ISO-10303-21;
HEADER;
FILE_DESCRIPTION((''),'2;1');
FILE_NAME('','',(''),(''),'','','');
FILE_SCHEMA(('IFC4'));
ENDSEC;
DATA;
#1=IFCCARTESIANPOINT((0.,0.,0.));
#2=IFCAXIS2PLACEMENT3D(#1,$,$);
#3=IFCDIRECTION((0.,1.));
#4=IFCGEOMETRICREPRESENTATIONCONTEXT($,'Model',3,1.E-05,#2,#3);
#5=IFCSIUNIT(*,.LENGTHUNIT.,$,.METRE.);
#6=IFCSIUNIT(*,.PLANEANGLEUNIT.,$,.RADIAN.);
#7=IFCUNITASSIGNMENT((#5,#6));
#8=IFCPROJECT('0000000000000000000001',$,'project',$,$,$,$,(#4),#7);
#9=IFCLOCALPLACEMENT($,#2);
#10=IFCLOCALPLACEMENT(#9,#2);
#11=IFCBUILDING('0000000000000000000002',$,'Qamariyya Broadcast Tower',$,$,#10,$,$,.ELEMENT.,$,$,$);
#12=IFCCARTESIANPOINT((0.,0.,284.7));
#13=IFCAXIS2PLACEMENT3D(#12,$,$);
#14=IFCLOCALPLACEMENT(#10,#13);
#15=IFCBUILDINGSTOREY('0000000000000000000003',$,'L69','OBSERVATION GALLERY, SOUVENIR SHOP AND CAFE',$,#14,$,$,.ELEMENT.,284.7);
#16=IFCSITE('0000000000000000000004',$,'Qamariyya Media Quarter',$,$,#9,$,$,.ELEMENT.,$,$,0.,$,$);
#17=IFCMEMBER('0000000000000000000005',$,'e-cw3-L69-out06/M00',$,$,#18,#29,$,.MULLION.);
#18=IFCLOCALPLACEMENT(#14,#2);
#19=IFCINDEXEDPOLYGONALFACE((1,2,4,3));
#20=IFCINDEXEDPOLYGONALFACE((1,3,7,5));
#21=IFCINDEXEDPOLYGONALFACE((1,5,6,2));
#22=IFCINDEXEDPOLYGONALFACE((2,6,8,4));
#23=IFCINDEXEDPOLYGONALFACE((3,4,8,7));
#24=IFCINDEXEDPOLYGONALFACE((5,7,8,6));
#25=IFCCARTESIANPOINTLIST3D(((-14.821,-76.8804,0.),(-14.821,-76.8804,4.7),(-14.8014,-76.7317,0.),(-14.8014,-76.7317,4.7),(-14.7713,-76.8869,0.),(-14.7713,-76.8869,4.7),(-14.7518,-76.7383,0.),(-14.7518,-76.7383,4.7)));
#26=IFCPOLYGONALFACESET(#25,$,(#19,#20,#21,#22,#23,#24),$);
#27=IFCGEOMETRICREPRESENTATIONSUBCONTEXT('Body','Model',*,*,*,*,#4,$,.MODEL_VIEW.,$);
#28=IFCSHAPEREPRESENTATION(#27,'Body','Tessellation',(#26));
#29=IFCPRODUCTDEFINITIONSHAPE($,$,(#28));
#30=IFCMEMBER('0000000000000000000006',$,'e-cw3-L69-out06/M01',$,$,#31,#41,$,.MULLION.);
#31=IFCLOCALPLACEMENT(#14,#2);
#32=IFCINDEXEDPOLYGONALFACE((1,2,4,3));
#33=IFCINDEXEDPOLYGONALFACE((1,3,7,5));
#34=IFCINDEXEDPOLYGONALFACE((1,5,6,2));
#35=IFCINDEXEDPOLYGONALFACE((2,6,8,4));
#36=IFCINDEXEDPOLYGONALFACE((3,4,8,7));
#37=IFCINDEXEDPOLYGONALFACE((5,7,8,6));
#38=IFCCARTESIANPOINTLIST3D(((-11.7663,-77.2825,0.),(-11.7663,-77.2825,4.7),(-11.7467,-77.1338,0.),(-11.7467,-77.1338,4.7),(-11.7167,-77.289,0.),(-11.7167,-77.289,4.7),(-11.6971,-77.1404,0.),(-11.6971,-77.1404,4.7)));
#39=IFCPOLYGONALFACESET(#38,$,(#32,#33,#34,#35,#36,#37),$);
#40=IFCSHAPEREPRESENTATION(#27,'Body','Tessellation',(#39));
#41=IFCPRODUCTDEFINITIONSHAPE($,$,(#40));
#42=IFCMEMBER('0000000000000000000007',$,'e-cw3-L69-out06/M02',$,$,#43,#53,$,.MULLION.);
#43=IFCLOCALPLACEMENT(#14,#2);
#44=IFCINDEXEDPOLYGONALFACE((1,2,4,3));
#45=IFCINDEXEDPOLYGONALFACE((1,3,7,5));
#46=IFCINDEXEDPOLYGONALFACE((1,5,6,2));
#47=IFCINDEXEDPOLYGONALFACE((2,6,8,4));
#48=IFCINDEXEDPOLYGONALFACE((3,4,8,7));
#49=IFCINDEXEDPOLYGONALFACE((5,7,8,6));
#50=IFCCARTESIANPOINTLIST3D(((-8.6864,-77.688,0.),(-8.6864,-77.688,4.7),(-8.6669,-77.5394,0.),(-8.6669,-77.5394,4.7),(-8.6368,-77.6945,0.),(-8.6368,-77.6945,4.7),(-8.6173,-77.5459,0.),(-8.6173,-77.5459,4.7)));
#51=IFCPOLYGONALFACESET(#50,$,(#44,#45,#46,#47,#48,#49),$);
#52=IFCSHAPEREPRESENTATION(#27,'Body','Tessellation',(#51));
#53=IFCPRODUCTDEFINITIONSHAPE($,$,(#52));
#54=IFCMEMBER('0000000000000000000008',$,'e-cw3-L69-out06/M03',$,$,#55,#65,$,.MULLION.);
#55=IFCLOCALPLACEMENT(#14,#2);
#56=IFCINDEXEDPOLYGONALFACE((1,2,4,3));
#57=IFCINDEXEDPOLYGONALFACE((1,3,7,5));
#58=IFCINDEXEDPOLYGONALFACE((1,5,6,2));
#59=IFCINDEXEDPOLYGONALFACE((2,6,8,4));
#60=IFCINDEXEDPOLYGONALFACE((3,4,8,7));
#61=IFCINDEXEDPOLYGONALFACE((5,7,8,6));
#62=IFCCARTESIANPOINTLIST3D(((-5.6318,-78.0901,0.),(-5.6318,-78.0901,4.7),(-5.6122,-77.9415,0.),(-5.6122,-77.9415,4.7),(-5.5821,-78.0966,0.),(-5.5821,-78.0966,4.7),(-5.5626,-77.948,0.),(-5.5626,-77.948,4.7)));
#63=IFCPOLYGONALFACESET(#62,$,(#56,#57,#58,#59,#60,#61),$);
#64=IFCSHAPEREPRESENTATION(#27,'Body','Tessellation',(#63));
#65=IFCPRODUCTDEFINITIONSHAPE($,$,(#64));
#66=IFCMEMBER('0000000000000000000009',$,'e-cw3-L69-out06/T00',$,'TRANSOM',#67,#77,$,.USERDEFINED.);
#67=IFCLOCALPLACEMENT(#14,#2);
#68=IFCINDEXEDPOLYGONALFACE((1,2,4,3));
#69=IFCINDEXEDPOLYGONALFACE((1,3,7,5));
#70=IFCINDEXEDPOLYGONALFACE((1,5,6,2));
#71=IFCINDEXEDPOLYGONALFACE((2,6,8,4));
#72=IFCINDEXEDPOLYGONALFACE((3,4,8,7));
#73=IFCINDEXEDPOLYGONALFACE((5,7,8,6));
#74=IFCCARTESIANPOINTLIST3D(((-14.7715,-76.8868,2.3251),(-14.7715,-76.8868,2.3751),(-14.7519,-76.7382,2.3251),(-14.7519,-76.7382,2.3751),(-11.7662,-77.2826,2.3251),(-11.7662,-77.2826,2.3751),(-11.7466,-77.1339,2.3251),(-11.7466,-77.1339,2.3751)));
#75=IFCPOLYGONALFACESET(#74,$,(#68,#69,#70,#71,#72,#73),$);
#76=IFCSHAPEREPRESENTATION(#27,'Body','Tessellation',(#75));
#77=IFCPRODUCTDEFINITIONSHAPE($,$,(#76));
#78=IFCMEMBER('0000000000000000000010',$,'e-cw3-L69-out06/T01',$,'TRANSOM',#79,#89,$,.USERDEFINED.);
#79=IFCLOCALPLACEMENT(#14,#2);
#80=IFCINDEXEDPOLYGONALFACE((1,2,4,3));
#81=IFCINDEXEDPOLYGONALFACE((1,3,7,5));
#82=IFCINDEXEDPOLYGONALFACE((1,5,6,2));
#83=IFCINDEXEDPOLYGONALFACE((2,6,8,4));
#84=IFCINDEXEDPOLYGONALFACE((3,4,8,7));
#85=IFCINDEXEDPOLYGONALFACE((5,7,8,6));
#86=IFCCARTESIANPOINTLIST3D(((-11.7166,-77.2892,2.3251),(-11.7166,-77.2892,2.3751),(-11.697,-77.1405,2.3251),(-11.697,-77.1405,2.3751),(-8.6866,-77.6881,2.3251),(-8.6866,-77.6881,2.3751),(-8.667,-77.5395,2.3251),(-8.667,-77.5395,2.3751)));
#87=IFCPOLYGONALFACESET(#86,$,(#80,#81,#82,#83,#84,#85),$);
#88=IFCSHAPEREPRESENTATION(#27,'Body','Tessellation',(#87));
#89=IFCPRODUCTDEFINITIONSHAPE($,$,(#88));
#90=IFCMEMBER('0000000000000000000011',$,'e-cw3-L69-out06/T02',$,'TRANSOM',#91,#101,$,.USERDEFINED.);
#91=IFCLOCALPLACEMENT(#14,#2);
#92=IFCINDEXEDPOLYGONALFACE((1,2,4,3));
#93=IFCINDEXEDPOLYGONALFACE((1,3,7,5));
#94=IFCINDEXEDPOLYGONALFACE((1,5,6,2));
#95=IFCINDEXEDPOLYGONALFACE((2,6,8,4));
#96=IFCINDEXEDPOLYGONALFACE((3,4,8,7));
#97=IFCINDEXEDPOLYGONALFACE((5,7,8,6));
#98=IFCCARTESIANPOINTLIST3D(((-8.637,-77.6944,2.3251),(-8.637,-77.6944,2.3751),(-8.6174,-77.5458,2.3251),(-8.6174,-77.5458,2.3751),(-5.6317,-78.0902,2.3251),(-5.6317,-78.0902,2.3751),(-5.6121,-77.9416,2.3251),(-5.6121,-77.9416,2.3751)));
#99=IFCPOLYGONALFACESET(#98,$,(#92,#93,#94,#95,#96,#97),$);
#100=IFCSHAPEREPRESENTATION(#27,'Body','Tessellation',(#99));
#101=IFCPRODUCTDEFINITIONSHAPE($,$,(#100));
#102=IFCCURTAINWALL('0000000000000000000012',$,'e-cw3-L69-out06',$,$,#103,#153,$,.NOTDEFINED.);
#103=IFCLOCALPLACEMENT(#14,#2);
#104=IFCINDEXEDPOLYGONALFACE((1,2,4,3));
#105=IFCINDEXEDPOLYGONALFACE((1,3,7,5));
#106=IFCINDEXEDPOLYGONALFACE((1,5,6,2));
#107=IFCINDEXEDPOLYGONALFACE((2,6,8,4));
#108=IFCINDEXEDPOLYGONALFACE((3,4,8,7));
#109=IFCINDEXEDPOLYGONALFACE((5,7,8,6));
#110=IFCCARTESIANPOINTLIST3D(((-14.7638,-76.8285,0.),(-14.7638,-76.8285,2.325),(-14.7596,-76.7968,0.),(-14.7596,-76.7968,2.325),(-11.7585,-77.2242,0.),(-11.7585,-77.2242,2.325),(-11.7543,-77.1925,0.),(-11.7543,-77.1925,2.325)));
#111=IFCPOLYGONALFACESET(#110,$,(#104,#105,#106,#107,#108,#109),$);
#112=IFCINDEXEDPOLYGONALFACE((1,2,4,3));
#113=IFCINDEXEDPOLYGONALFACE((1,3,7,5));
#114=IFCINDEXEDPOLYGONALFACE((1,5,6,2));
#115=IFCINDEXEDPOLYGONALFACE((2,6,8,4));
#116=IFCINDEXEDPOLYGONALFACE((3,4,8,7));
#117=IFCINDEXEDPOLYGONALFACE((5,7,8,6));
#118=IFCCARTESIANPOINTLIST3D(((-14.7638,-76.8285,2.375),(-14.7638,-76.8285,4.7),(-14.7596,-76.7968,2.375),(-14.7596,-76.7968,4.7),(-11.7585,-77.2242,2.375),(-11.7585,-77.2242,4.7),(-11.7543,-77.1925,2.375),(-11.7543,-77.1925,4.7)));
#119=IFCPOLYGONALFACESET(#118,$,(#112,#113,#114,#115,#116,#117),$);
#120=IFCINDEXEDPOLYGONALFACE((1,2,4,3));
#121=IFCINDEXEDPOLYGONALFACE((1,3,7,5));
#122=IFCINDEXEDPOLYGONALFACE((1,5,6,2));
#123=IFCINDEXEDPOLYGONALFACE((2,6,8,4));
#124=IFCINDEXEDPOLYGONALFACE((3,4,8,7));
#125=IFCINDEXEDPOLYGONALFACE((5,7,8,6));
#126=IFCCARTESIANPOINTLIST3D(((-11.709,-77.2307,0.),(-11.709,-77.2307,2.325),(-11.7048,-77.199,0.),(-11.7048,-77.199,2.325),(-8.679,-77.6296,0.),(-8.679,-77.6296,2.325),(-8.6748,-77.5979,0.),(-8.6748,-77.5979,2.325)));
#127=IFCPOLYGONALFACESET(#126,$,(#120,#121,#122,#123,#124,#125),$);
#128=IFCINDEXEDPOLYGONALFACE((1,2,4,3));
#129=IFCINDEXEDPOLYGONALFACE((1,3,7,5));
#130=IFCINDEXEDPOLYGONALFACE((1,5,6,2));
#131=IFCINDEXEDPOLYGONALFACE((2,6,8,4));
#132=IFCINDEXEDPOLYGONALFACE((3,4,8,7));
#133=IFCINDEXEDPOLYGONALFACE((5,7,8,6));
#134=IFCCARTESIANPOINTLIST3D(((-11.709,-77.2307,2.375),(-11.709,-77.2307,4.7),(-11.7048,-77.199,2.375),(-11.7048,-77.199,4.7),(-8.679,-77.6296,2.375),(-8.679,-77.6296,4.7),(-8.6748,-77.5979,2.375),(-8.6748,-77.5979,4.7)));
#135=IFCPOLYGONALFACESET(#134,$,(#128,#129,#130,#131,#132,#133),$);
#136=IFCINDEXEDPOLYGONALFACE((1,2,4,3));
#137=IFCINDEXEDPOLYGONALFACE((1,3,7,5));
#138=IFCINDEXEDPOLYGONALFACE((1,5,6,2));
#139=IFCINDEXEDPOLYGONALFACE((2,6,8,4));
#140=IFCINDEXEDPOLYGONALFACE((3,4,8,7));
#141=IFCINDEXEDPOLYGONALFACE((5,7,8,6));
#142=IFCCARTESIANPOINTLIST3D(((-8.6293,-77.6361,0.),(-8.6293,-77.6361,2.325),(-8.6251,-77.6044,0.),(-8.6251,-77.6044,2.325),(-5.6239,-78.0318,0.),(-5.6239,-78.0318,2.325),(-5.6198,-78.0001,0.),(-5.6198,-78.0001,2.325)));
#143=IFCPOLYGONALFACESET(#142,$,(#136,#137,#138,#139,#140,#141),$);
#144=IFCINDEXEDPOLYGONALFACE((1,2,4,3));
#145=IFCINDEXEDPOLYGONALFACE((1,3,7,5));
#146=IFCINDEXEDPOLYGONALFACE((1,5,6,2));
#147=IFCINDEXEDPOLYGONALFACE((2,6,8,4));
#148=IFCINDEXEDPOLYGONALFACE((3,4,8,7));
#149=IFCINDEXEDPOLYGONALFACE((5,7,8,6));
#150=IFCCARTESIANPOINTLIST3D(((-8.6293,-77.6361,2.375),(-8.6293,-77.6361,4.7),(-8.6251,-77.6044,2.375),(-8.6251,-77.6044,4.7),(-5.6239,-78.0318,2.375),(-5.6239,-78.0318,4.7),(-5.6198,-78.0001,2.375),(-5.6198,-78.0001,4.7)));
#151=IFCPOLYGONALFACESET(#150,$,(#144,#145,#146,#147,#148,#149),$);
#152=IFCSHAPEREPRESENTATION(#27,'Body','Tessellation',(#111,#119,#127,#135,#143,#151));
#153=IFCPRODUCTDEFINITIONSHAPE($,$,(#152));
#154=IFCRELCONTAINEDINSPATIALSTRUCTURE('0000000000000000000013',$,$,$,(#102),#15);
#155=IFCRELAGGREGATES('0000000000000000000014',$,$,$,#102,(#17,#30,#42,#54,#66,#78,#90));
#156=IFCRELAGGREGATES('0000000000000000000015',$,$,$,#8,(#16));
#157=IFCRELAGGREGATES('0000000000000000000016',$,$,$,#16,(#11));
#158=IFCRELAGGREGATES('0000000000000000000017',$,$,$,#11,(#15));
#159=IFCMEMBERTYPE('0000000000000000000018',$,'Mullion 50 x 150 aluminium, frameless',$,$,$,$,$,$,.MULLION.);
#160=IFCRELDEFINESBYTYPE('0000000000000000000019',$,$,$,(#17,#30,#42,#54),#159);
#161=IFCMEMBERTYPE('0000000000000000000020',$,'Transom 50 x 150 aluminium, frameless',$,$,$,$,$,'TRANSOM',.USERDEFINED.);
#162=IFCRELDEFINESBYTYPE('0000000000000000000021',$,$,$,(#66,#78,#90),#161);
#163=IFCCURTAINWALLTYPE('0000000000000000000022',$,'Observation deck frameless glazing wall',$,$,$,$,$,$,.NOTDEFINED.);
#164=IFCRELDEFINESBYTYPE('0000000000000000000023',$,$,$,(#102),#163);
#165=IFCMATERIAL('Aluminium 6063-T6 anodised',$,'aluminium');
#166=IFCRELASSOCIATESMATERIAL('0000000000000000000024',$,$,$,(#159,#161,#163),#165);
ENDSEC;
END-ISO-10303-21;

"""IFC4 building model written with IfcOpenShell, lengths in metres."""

from ifc_helpers import new_model, si_unit, direction, frame, origin, origin_2d, place, context, subcontext, project, spatial, rectangle, extrude, material, material_profile, profile_set, type_object, element, aggregate, save


model = new_model("IFC4")

# Units and contexts
model_context = context("Model", 3, precision=1e-05, world=origin(), true_north=direction((0.0, 1.0)))
body_context = subcontext(model_context, "Body", "Model", "MODEL_VIEW")
ifc_project = project(units=[si_unit("LENGTHUNIT", "METRE"), si_unit("PLANEANGLEUNIT", "RADIAN")], contexts=[model_context])

# Members
ifc_material = material(Name="Aluminium 6063-T6 anodised", Category="aluminium")
ifc_material_profile_1 = material_profile(ifc_material, rectangle(XDim=0.1499, YDim=0.05, at=origin_2d()))
ifc_profile_set_1 = profile_set([ifc_material_profile_1], Name="Aluminium 6063-T6 anodised")
member_type_1 = type_object("IfcMemberType", Name="Mullion 50 x 150 aluminium, frameless", PredefinedType="MULLION", material=ifc_profile_set_1)
site_placement = place(None, origin())
building_placement = place(site_placement, origin())
storey_placement = place(building_placement, frame((0.0, 0.0, 284.7)))
member_1_placement = place(storey_placement, frame((-14.7864, -76.8093, 0.0), z_axis=(0.0, 0.0, 1.0), x_axis=(0.130526, 0.991445, 0.0)))
member_1 = element("IfcMember", 1, at=member_1_placement, type_object=member_type_1, Name="e-cw3-L69-out06/M00", PredefinedType="MULLION", context=body_context, shape_type="SweptSolid", body=[
    extrude(rectangle(XDim=0.1499, YDim=0.05, at=origin_2d()), origin(), (0.0, 0.0, 1.0), 4.7),
])
member_2_placement = place(storey_placement, frame((-11.7317, -77.2114, 0.0), z_axis=(0.0, 0.0, 1.0), x_axis=(0.130526, 0.991445, 0.0)))
member_2 = element("IfcMember", 2, at=member_2_placement, type_object=member_type_1, Name="e-cw3-L69-out06/M01", PredefinedType="MULLION", context=body_context, shape_type="SweptSolid", body=[
    extrude(rectangle(XDim=0.1499, YDim=0.05, at=origin_2d()), origin(), (0.0, 0.0, 1.0), 4.7),
])
member_3_placement = place(storey_placement, frame((-8.6519, -77.6169, 0.0), z_axis=(0.0, 0.0, 1.0), x_axis=(0.130526, 0.991445, 0.0)))
member_3 = element("IfcMember", 3, at=member_3_placement, type_object=member_type_1, Name="e-cw3-L69-out06/M02", PredefinedType="MULLION", context=body_context, shape_type="SweptSolid", body=[
    extrude(rectangle(XDim=0.1499, YDim=0.05, at=origin_2d()), origin(), (0.0, 0.0, 1.0), 4.7),
])
member_4_placement = place(storey_placement, frame((-5.5972, -78.019, 0.0), z_axis=(0.0, 0.0, 1.0), x_axis=(0.130526, 0.991445, 0.0)))
member_4 = element("IfcMember", 4, at=member_4_placement, type_object=member_type_1, Name="e-cw3-L69-out06/M03", PredefinedType="MULLION", context=body_context, shape_type="SweptSolid", body=[
    extrude(rectangle(XDim=0.1499, YDim=0.05, at=origin_2d()), origin(), (0.0, 0.0, 1.0), 4.7),
])
ifc_material_profile_2 = material_profile(ifc_material, rectangle(XDim=0.1499, YDim=0.05, at=origin_2d()))
ifc_profile_set_2 = profile_set([ifc_material_profile_2], Name="Aluminium 6063-T6 anodised")
member_type_2 = type_object("IfcMemberType", Name="Transom 50 x 150 aluminium, frameless", ElementType="TRANSOM", PredefinedType="USERDEFINED", material=ifc_profile_set_2)
member_5_placement = place(storey_placement, frame((-14.7617, -76.8125, 2.3501), z_axis=(0.991441, -0.130555, 0.0), x_axis=(0.130555, 0.991441, 0.0)))
member_5 = element("IfcMember", 5, at=member_5_placement, type_object=member_type_2, Name="e-cw3-L69-out06/T00", ObjectType="TRANSOM", PredefinedType="USERDEFINED", context=body_context, shape_type="SweptSolid", body=[
    extrude(rectangle(XDim=0.1499, YDim=0.05, at=origin_2d()), origin(), (0.0, 0.0, 1.0), 3.0312),
])
member_6_placement = place(storey_placement, frame((-11.7068, -77.2148, 2.3501), z_axis=(0.991444, -0.130531, 0.0), x_axis=(0.130531, 0.991444, 0.0)))
member_6 = element("IfcMember", 6, at=member_6_placement, type_object=member_type_2, Name="e-cw3-L69-out06/T01", ObjectType="TRANSOM", PredefinedType="USERDEFINED", context=body_context, shape_type="SweptSolid", body=[
    extrude(rectangle(XDim=0.1499, YDim=0.05, at=origin_2d()), origin(), (0.0, 0.0, 1.0), 3.0562),
])
member_7_placement = place(storey_placement, frame((-8.6272, -77.6201, 2.3501), z_axis=(0.991441, -0.130555, 0.0), x_axis=(0.130555, 0.991441, 0.0)))
member_7 = element("IfcMember", 7, at=member_7_placement, type_object=member_type_2, Name="e-cw3-L69-out06/T02", ObjectType="TRANSOM", PredefinedType="USERDEFINED", context=body_context, shape_type="SweptSolid", body=[
    extrude(rectangle(XDim=0.1499, YDim=0.05, at=origin_2d()), origin(), (0.0, 0.0, 1.0), 3.0312),
])

# Site, building, storey
site = spatial("IfcSite", under=ifc_project, at=site_placement, Name="Qamariyya Media Quarter", CompositionType="ELEMENT", RefElevation=0.0)
building = spatial("IfcBuilding", under=site, at=building_placement, Name="Qamariyya Broadcast Tower", CompositionType="ELEMENT")
storey = spatial("IfcBuildingStorey", under=building, at=storey_placement, Name="L69", Description="OBSERVATION GALLERY, SOUVENIR SHOP AND CAFE", CompositionType="ELEMENT", Elevation=284.7)

# Curtain wall
curtain_wall_type = type_object("IfcCurtainWallType", Name="Observation deck frameless glazing wall", PredefinedType="NOTDEFINED", material=ifc_material)
curtain_wall_1_placement = place(storey_placement, origin())
curtain_wall_1 = element("IfcCurtainWall", 8, at=curtain_wall_1_placement, inside=storey, type_object=curtain_wall_type, Name="e-cw3-L69-out06", PredefinedType="NOTDEFINED", context=body_context, shape_type="SweptSolid", body=[
    extrude(rectangle(XDim=3.0312, YDim=0.032, at=origin_2d()), frame((-13.259, -77.0105, 0.0), x_axis=(0.991445, -0.130523, 0.0)), (0.0, 0.0, 1.0), 2.325),
    extrude(rectangle(XDim=3.0312, YDim=0.032, at=origin_2d()), frame((-13.259, -77.0105, 2.375), x_axis=(0.991445, -0.130523, 0.0)), (0.0, 0.0, 1.0), 2.325),
    extrude(rectangle(XDim=3.0562, YDim=0.032, at=origin_2d()), frame((-10.1919, -77.4143, 0.0), x_axis=(0.991445, -0.130523, 0.0)), (0.0, 0.0, 1.0), 2.325),
    extrude(rectangle(XDim=3.0562, YDim=0.032, at=origin_2d()), frame((-10.1919, -77.4143, 2.375), x_axis=(0.991445, -0.130523, 0.0)), (0.0, 0.0, 1.0), 2.325),
    extrude(rectangle(XDim=3.0312, YDim=0.032, at=origin_2d()), frame((-7.1245, -77.8181, 0.0), x_axis=(0.991445, -0.130523, 0.0)), (0.0, 0.0, 1.0), 2.325),
    extrude(rectangle(XDim=3.0312, YDim=0.032, at=origin_2d()), frame((-7.1245, -77.8181, 2.375), x_axis=(0.991445, -0.130523, 0.0)), (0.0, 0.0, 1.0), 2.325),
])
aggregate(curtain_wall_1, [member_1, member_2, member_3, member_4, member_5, member_6, member_7])

save(model, "model.ifc")
